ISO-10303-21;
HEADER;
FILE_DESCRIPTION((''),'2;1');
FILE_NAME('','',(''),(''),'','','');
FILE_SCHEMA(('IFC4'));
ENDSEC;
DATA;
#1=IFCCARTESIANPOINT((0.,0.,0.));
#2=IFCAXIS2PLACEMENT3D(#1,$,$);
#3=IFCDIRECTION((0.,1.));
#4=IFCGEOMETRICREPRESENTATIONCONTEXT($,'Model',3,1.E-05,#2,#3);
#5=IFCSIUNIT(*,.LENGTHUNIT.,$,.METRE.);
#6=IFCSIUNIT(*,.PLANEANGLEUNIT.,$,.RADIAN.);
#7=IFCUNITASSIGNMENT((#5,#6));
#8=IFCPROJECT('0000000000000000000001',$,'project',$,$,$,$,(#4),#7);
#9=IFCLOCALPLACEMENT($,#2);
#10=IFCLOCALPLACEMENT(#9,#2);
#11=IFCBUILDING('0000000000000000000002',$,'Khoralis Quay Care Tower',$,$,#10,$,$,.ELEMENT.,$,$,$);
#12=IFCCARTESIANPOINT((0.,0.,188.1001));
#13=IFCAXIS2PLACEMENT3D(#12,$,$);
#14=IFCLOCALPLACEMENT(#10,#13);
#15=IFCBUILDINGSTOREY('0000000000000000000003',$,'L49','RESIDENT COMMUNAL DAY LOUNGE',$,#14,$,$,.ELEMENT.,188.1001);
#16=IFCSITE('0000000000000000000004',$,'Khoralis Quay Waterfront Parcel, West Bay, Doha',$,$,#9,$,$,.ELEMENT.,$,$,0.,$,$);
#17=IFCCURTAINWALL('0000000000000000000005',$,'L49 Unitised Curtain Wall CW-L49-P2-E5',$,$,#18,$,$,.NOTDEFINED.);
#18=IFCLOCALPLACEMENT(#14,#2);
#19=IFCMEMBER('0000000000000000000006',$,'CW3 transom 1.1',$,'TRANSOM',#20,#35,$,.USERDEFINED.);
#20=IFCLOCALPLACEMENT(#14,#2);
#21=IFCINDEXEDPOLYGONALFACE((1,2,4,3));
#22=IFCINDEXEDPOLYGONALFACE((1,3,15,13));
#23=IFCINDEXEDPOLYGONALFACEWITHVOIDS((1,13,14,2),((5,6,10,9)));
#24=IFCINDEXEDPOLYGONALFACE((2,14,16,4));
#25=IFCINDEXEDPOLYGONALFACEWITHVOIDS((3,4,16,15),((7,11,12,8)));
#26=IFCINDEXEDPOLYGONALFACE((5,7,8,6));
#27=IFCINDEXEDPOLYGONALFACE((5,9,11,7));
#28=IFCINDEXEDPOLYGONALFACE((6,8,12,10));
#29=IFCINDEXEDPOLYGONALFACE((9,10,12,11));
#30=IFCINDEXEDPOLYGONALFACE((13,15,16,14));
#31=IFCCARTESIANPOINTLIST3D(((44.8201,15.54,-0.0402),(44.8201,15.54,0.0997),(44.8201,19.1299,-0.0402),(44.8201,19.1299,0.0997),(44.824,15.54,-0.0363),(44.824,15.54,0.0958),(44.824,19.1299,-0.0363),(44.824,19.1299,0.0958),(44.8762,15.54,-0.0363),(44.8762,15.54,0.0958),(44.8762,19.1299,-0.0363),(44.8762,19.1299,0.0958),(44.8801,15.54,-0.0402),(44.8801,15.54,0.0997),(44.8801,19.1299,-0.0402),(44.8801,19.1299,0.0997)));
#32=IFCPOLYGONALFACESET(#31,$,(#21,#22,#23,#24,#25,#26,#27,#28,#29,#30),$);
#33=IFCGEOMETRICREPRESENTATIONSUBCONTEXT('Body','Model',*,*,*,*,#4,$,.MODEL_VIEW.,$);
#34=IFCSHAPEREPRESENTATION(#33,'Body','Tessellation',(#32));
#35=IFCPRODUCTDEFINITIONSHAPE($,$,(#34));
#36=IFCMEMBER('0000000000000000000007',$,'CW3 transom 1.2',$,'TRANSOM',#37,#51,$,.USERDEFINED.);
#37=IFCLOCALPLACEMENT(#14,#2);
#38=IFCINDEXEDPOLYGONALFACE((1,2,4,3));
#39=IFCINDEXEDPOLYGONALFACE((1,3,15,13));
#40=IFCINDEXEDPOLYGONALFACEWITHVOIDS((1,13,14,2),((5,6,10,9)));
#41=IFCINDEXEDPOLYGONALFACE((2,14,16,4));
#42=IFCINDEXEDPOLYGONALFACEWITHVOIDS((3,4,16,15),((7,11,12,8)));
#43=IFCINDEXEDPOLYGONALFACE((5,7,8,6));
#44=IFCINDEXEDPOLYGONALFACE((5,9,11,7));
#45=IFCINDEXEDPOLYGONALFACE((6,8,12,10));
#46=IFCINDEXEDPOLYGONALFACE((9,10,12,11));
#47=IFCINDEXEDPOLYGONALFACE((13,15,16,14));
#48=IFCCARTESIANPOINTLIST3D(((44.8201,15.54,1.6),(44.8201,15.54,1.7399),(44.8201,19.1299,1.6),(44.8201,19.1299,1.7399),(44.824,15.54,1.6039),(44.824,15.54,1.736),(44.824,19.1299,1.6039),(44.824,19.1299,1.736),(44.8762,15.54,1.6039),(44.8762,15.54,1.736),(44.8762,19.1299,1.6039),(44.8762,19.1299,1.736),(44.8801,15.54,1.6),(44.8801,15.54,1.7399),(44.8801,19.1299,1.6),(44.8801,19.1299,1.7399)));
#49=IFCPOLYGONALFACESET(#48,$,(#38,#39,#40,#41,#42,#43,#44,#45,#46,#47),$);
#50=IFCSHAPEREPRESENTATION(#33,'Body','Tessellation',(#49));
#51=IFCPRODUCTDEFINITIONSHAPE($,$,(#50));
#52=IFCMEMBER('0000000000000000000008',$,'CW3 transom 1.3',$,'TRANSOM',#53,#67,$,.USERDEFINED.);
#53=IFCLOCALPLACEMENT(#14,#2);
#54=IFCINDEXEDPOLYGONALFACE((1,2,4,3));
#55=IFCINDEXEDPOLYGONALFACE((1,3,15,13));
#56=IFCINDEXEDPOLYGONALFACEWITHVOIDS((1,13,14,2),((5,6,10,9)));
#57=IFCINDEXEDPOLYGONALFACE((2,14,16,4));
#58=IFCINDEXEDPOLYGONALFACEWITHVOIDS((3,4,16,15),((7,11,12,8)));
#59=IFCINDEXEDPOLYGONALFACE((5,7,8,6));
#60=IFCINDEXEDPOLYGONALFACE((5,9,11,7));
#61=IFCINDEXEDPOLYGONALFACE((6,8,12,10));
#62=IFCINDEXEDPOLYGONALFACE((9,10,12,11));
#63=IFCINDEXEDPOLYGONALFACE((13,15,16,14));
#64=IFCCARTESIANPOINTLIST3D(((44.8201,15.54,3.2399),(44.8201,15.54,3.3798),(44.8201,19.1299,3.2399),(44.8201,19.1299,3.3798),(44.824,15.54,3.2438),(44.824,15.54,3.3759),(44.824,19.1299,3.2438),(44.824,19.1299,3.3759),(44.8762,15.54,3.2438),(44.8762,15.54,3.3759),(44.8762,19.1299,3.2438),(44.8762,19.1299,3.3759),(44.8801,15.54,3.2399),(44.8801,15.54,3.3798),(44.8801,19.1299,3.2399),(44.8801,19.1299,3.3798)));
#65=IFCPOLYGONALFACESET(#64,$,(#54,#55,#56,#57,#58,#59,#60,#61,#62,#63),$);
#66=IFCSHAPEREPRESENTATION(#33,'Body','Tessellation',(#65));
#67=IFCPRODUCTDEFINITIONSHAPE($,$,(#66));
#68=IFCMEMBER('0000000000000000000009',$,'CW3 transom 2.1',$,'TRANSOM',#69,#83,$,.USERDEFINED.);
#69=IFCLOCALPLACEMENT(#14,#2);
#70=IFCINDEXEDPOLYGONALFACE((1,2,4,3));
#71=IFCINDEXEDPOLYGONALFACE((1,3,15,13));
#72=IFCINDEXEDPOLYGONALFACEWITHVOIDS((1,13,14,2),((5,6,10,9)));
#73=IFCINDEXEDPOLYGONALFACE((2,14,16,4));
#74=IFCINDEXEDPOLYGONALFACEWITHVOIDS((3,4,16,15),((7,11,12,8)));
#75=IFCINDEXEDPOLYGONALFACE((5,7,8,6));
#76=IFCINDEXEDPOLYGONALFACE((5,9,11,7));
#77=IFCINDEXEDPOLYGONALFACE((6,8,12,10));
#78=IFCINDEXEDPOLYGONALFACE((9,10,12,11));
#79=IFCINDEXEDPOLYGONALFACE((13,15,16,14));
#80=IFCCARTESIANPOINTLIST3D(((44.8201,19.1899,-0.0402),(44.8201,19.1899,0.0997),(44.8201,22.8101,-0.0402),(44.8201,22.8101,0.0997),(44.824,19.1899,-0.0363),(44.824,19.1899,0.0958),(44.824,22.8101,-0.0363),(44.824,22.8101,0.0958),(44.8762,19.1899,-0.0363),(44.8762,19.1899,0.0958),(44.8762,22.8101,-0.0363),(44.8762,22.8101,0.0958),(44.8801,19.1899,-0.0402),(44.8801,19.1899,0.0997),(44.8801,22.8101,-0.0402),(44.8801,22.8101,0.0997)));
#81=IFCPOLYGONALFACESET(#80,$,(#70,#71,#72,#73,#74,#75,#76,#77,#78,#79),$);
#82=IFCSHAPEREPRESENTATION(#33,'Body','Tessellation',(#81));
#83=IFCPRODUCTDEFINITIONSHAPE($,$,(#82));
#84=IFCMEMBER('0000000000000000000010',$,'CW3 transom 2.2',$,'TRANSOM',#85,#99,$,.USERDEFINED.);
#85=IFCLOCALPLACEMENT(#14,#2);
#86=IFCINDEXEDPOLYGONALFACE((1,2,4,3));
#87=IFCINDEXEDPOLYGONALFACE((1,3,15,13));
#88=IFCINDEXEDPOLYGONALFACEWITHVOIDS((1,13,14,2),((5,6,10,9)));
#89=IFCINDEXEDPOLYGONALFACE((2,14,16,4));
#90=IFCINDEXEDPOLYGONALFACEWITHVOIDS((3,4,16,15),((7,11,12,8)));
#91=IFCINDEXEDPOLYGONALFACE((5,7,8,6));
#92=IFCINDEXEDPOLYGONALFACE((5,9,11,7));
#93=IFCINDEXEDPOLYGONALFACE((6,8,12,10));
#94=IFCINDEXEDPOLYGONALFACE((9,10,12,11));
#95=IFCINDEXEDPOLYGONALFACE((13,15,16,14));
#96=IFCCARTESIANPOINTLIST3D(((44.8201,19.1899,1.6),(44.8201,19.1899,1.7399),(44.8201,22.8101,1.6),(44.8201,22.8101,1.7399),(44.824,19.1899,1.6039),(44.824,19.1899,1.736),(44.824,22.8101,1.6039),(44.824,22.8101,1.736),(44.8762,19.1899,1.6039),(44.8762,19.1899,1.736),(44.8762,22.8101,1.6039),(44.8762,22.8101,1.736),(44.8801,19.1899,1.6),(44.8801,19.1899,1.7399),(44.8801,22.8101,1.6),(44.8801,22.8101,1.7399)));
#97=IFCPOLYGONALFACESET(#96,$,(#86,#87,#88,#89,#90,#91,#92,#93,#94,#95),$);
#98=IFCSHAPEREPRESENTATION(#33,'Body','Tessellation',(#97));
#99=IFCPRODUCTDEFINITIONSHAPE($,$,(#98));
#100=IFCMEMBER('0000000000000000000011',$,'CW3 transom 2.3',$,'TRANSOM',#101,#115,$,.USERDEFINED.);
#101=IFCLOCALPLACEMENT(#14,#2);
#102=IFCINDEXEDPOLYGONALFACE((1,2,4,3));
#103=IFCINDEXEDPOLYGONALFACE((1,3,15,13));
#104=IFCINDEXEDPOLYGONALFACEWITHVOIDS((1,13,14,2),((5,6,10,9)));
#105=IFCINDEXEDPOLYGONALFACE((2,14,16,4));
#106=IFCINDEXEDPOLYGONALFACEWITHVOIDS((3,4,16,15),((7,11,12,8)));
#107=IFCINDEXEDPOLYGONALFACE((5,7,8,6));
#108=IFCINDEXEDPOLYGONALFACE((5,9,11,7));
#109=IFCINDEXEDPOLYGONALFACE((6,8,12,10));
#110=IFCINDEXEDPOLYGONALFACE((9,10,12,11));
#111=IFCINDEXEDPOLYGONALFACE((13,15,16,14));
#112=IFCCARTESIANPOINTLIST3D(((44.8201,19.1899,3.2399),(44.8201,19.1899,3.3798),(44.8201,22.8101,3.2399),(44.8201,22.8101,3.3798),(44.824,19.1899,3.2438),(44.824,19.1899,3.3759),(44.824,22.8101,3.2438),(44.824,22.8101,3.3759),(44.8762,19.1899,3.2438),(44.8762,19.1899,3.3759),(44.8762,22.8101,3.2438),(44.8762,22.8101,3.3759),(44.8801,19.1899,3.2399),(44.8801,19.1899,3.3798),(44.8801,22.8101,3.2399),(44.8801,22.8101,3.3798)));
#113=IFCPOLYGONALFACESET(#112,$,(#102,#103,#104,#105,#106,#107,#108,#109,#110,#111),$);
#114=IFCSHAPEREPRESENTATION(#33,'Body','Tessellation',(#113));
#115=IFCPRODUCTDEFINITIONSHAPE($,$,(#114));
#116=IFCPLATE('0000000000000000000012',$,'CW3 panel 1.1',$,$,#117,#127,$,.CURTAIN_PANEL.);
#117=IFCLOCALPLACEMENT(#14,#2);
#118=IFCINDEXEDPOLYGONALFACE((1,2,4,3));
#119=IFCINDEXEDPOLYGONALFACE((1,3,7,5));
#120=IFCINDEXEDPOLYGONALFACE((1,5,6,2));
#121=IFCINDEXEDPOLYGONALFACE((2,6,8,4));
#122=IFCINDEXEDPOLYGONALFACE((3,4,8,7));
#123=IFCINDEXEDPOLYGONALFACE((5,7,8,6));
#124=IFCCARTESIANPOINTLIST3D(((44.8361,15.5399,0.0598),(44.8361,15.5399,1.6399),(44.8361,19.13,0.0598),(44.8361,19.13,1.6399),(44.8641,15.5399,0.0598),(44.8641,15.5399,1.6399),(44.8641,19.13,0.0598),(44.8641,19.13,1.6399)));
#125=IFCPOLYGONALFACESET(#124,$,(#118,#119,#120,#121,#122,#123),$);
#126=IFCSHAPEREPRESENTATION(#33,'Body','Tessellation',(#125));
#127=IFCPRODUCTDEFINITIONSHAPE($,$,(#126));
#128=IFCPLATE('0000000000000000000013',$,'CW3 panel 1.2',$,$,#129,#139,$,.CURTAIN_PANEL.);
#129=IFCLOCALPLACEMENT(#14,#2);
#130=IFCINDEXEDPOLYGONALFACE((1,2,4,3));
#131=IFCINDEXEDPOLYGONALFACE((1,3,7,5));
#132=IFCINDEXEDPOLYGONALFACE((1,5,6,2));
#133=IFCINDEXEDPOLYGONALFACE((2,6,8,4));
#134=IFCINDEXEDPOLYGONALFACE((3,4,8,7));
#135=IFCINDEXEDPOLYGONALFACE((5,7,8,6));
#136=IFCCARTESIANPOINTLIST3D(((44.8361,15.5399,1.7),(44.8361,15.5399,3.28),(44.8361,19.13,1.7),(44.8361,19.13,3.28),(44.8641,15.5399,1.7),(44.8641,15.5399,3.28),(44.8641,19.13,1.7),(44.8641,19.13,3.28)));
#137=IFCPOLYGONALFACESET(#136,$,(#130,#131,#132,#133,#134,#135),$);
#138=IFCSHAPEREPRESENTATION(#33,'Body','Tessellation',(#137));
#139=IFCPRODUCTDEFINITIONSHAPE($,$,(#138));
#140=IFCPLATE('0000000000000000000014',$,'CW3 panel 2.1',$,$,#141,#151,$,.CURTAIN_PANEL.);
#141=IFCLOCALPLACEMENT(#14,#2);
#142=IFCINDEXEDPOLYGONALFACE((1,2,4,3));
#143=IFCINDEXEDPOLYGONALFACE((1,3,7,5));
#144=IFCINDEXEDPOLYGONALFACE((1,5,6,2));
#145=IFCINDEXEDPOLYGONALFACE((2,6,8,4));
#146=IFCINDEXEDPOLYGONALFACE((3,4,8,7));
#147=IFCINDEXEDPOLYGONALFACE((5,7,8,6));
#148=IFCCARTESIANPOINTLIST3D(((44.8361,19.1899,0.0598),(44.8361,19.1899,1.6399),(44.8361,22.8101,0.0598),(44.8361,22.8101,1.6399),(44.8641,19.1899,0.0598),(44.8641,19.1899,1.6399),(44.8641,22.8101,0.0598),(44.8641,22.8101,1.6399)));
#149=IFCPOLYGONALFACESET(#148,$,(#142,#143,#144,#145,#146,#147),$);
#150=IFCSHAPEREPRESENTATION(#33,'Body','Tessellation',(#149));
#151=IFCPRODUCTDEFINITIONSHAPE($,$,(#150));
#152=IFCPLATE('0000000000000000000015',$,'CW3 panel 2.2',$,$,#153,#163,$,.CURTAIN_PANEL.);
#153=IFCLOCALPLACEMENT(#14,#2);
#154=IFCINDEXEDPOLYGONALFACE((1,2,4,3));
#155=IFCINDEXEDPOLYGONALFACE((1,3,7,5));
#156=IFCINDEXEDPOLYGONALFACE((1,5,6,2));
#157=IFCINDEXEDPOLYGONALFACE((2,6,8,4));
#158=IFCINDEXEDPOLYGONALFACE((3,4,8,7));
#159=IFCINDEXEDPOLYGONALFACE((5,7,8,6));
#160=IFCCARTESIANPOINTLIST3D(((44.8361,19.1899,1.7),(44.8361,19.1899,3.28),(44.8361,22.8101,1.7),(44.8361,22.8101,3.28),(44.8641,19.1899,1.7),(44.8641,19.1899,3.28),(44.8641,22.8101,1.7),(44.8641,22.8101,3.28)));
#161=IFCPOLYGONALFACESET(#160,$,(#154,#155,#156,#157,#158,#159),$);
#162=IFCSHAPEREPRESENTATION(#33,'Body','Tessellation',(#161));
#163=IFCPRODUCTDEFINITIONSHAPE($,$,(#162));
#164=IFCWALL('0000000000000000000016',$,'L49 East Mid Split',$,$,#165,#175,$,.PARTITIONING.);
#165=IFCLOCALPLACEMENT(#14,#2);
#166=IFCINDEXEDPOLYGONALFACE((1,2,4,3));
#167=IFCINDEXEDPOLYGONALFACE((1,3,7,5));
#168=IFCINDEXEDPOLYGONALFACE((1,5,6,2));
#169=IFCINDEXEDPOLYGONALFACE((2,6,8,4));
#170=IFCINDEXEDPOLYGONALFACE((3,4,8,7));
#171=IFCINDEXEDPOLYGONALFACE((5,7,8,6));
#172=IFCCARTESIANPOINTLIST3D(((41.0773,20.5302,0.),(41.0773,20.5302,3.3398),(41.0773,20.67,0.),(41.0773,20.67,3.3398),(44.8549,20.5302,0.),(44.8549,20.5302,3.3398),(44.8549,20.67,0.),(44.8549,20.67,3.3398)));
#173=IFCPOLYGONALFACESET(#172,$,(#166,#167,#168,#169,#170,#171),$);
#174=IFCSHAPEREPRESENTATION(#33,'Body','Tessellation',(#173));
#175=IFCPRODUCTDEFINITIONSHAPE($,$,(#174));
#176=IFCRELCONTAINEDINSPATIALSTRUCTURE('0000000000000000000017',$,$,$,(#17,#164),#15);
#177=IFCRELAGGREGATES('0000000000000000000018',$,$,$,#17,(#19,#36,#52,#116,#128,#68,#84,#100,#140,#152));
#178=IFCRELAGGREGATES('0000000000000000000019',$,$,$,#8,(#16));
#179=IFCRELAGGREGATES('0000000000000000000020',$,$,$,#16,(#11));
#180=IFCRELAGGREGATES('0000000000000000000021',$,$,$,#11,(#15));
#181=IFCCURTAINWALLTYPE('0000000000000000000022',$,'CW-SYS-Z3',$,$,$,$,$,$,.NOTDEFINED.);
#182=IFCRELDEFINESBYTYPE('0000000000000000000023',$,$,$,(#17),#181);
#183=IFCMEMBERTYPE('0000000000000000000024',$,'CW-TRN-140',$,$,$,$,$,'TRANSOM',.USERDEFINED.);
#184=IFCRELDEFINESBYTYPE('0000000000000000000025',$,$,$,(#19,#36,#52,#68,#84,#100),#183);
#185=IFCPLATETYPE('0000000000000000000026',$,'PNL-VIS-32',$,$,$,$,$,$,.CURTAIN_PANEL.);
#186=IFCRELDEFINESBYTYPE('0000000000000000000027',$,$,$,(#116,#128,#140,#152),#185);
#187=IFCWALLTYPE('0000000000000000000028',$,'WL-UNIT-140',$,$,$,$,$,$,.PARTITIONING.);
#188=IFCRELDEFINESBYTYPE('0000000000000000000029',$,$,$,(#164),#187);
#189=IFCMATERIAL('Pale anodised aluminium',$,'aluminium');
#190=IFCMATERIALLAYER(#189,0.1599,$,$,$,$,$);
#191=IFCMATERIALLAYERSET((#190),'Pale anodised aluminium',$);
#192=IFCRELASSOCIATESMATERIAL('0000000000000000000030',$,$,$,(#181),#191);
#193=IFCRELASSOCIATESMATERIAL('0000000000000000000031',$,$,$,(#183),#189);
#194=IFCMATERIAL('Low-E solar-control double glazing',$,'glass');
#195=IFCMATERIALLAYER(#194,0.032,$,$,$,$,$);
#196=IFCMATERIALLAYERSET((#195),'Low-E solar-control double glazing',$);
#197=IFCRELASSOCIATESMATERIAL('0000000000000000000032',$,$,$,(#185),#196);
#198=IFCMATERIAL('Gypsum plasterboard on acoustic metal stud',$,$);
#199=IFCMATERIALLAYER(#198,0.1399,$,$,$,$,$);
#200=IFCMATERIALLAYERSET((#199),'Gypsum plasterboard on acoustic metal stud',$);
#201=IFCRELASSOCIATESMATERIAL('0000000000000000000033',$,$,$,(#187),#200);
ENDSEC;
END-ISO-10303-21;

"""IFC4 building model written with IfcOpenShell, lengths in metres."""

from ifc_helpers import new_model, si_unit, direction, frame, frame_2d, origin, origin_2d, place, context, subcontext, project, spatial, rectangle, hollow_rectangle, extrude, source, transform, mapped, material, layer, layer_set, material_profile, profile_set, type_object, element, aggregate, save


model = new_model("IFC4")

# Units and contexts
model_context = context("Model", 3, precision=1e-05, world=origin(), true_north=direction((0.0, 1.0)))
body_context = subcontext(model_context, "Body", "Model", "MODEL_VIEW")
ifc_project = project(units=[si_unit("LENGTHUNIT", "METRE"), si_unit("PLANEANGLEUNIT", "RADIAN")], contexts=[model_context])

# Site, building, storey
site_placement = place(None, origin())
site = spatial("IfcSite", under=ifc_project, at=site_placement, Name="Khoralis Quay Waterfront Parcel, West Bay, Doha", CompositionType="ELEMENT", RefElevation=0.0)
building_placement = place(site_placement, origin())
building = spatial("IfcBuilding", under=site, at=building_placement, Name="Khoralis Quay Care Tower", CompositionType="ELEMENT")
storey_placement = place(building_placement, frame((0.0, 0.0, 188.1001)))
storey = spatial("IfcBuildingStorey", under=building, at=storey_placement, Name="L49", Description="RESIDENT COMMUNAL DAY LOUNGE", CompositionType="ELEMENT", Elevation=188.1001)

# Curtain wall, members, plates
ifc_material_1 = material(Name="Pale anodised aluminium", Category="aluminium")
ifc_layer_1 = layer(ifc_material_1, 0.1599)
ifc_layer_set_1 = layer_set([ifc_layer_1], Name="Pale anodised aluminium")
curtain_wall_type = type_object("IfcCurtainWallType", Name="CW-SYS-Z3", PredefinedType="NOTDEFINED", material=ifc_layer_set_1)
curtain_wall_placement = place(storey_placement, origin())
curtain_wall = element("IfcCurtainWall", 1, at=curtain_wall_placement, inside=storey, type_object=curtain_wall_type, Name="L49 Unitised Curtain Wall CW-L49-P2-E5", PredefinedType="NOTDEFINED")
ifc_material_profile_1 = material_profile(ifc_material_1, hollow_rectangle(XDim=0.0601, YDim=0.1399, WallThickness=0.0039, at=origin_2d()), Name="Pale anodised aluminium")
ifc_profile_set_1 = profile_set([ifc_material_profile_1], Name="Pale anodised aluminium")
member_type_1 = type_object("IfcMemberType", Name="CW-TRN-140", ElementType="TRANSOM", PredefinedType="USERDEFINED", material=ifc_profile_set_1)
shared_shape_1 = source(origin(), body_context, "Body", "SweptSolid", [
    extrude(hollow_rectangle(XDim=0.0601, YDim=0.1399, WallThickness=0.0039, at=origin_2d()), origin(), (0.0, 0.0, 1.0), 3.5898),
])
member_1_placement = place(storey_placement, frame((44.8501, 15.54, 0.0298), z_axis=(0.0, 1.0, 0.0), x_axis=(-1.0, 0.0, 0.0)))
member_1 = element("IfcMember", 2, at=member_1_placement, type_object=member_type_1, Name="CW3 transom 1.1", ObjectType="TRANSOM", PredefinedType="USERDEFINED", context=body_context, shape_type="MappedRepresentation", body=[
    mapped(shared_shape_1, transform((0.0, 0.0, 0.0), scale=1.0)),
])
member_2_placement = place(storey_placement, frame((44.8501, 15.54, 1.6699), z_axis=(0.0, 1.0, 0.0), x_axis=(-1.0, 0.0, 0.0)))
member_2 = element("IfcMember", 3, at=member_2_placement, type_object=member_type_1, Name="CW3 transom 1.2", ObjectType="TRANSOM", PredefinedType="USERDEFINED", context=body_context, shape_type="MappedRepresentation", body=[
    mapped(shared_shape_1, transform((0.0, 0.0, 0.0), scale=1.0)),
])
member_3_placement = place(storey_placement, frame((44.8501, 15.54, 3.3098), z_axis=(0.0, 1.0, 0.0), x_axis=(-1.0, 0.0, 0.0)))
member_3 = element("IfcMember", 4, at=member_3_placement, type_object=member_type_1, Name="CW3 transom 1.3", ObjectType="TRANSOM", PredefinedType="USERDEFINED", context=body_context, shape_type="MappedRepresentation", body=[
    mapped(shared_shape_1, transform((0.0, 0.0, 0.0), scale=1.0)),
])
shared_shape_2 = source(origin(), body_context, "Body", "SweptSolid", [
    extrude(hollow_rectangle(XDim=0.0601, YDim=0.1399, WallThickness=0.0039, at=origin_2d()), origin(), (0.0, 0.0, 1.0), 3.6201),
])
member_4_placement = place(storey_placement, frame((44.8501, 19.1899, 0.0298), z_axis=(0.0, 1.0, 0.0), x_axis=(-1.0, 0.0, 0.0)))
member_4 = element("IfcMember", 5, at=member_4_placement, type_object=member_type_1, Name="CW3 transom 2.1", ObjectType="TRANSOM", PredefinedType="USERDEFINED", context=body_context, shape_type="MappedRepresentation", body=[
    mapped(shared_shape_2, transform((0.0, 0.0, 0.0), scale=1.0)),
])
member_5_placement = place(storey_placement, frame((44.8501, 19.1899, 1.6699), z_axis=(0.0, 1.0, 0.0), x_axis=(-1.0, 0.0, 0.0)))
member_5 = element("IfcMember", 6, at=member_5_placement, type_object=member_type_1, Name="CW3 transom 2.2", ObjectType="TRANSOM", PredefinedType="USERDEFINED", context=body_context, shape_type="MappedRepresentation", body=[
    mapped(shared_shape_2, transform((0.0, 0.0, 0.0), scale=1.0)),
])
member_6_placement = place(storey_placement, frame((44.8501, 19.1899, 3.3098), z_axis=(0.0, 1.0, 0.0), x_axis=(-1.0, 0.0, 0.0)))
member_6 = element("IfcMember", 7, at=member_6_placement, type_object=member_type_1, Name="CW3 transom 2.3", ObjectType="TRANSOM", PredefinedType="USERDEFINED", context=body_context, shape_type="MappedRepresentation", body=[
    mapped(shared_shape_2, transform((0.0, 0.0, 0.0), scale=1.0)),
])
ifc_material_2 = material(Name="Low-E solar-control double glazing", Category="glass")
ifc_layer_2 = layer(ifc_material_2, 0.032)
ifc_layer_set_2 = layer_set([ifc_layer_2], Name="Low-E solar-control double glazing")
plate_type = type_object("IfcPlateType", Name="PNL-VIS-32", PredefinedType="CURTAIN_PANEL", material=ifc_layer_set_2)
shared_shape_3 = source(origin(), body_context, "Body", "SweptSolid", [
    extrude(rectangle(XDim=3.5901, YDim=0.0281, at=origin_2d()), origin(), (0.0, 0.0, 1.0), 1.5801),
])
plate_1_placement = place(storey_placement, frame((44.8501, 17.335, 0.0598), z_axis=(0.0, 0.0, 1.0), x_axis=(0.0, 1.0, 0.0)))
plate_1 = element("IfcPlate", 8, at=plate_1_placement, type_object=plate_type, Name="CW3 panel 1.1", PredefinedType="CURTAIN_PANEL", context=body_context, shape_type="MappedRepresentation", body=[
    mapped(shared_shape_3, transform((0.0, 0.0, 0.0), scale=1.0)),
])
plate_2_placement = place(storey_placement, frame((44.8501, 17.335, 1.7), z_axis=(0.0, 0.0, 1.0), x_axis=(0.0, 1.0, 0.0)))
plate_2 = element("IfcPlate", 9, at=plate_2_placement, type_object=plate_type, Name="CW3 panel 1.2", PredefinedType="CURTAIN_PANEL", context=body_context, shape_type="MappedRepresentation", body=[
    mapped(shared_shape_3, transform((0.0, 0.0, 0.0), scale=1.0)),
])
shared_shape_4 = source(origin(), body_context, "Body", "SweptSolid", [
    extrude(rectangle(XDim=3.6201, YDim=0.0281, at=origin_2d()), origin(), (0.0, 0.0, 1.0), 1.5801),
])
plate_3_placement = place(storey_placement, frame((44.8501, 21.0, 0.0598), z_axis=(0.0, 0.0, 1.0), x_axis=(0.0, 1.0, 0.0)))
plate_3 = element("IfcPlate", 10, at=plate_3_placement, type_object=plate_type, Name="CW3 panel 2.1", PredefinedType="CURTAIN_PANEL", context=body_context, shape_type="MappedRepresentation", body=[
    mapped(shared_shape_4, transform((0.0, 0.0, 0.0), scale=1.0)),
])
plate_4_placement = place(storey_placement, frame((44.8501, 21.0, 1.7), z_axis=(0.0, 0.0, 1.0), x_axis=(0.0, 1.0, 0.0)))
plate_4 = element("IfcPlate", 11, at=plate_4_placement, type_object=plate_type, Name="CW3 panel 2.2", PredefinedType="CURTAIN_PANEL", context=body_context, shape_type="MappedRepresentation", body=[
    mapped(shared_shape_4, transform((0.0, 0.0, 0.0), scale=1.0)),
])
aggregate(curtain_wall, [member_1, member_2, member_3, plate_1, plate_2, member_4, member_5, member_6, plate_3, plate_4])

# Wall
ifc_material_3 = material(Name="Gypsum plasterboard on acoustic metal stud")
ifc_layer_3 = layer(ifc_material_3, 0.1399)
ifc_layer_set_3 = layer_set([ifc_layer_3], Name="Gypsum plasterboard on acoustic metal stud")
wall_type = type_object("IfcWallType", Name="WL-UNIT-140", PredefinedType="PARTITIONING", material=ifc_layer_set_3)
wall_placement = place(storey_placement, frame((41.0774, 20.6001, 0.0), z_axis=(0.0, 0.0, 1.0), x_axis=(1.0, 0.0, 0.0)))
element("IfcWall", 12, at=wall_placement, inside=storey, type_object=wall_type, Name="L49 East Mid Split", PredefinedType="PARTITIONING", context=body_context, shape_type="SweptSolid", body=[
    extrude(rectangle(XDim=3.7776, YDim=0.1399, at=frame_2d((1.8887, 0.0))), origin(), (0.0, 0.0, 1.0), 3.3398),
])

save(model, "model.ifc")
